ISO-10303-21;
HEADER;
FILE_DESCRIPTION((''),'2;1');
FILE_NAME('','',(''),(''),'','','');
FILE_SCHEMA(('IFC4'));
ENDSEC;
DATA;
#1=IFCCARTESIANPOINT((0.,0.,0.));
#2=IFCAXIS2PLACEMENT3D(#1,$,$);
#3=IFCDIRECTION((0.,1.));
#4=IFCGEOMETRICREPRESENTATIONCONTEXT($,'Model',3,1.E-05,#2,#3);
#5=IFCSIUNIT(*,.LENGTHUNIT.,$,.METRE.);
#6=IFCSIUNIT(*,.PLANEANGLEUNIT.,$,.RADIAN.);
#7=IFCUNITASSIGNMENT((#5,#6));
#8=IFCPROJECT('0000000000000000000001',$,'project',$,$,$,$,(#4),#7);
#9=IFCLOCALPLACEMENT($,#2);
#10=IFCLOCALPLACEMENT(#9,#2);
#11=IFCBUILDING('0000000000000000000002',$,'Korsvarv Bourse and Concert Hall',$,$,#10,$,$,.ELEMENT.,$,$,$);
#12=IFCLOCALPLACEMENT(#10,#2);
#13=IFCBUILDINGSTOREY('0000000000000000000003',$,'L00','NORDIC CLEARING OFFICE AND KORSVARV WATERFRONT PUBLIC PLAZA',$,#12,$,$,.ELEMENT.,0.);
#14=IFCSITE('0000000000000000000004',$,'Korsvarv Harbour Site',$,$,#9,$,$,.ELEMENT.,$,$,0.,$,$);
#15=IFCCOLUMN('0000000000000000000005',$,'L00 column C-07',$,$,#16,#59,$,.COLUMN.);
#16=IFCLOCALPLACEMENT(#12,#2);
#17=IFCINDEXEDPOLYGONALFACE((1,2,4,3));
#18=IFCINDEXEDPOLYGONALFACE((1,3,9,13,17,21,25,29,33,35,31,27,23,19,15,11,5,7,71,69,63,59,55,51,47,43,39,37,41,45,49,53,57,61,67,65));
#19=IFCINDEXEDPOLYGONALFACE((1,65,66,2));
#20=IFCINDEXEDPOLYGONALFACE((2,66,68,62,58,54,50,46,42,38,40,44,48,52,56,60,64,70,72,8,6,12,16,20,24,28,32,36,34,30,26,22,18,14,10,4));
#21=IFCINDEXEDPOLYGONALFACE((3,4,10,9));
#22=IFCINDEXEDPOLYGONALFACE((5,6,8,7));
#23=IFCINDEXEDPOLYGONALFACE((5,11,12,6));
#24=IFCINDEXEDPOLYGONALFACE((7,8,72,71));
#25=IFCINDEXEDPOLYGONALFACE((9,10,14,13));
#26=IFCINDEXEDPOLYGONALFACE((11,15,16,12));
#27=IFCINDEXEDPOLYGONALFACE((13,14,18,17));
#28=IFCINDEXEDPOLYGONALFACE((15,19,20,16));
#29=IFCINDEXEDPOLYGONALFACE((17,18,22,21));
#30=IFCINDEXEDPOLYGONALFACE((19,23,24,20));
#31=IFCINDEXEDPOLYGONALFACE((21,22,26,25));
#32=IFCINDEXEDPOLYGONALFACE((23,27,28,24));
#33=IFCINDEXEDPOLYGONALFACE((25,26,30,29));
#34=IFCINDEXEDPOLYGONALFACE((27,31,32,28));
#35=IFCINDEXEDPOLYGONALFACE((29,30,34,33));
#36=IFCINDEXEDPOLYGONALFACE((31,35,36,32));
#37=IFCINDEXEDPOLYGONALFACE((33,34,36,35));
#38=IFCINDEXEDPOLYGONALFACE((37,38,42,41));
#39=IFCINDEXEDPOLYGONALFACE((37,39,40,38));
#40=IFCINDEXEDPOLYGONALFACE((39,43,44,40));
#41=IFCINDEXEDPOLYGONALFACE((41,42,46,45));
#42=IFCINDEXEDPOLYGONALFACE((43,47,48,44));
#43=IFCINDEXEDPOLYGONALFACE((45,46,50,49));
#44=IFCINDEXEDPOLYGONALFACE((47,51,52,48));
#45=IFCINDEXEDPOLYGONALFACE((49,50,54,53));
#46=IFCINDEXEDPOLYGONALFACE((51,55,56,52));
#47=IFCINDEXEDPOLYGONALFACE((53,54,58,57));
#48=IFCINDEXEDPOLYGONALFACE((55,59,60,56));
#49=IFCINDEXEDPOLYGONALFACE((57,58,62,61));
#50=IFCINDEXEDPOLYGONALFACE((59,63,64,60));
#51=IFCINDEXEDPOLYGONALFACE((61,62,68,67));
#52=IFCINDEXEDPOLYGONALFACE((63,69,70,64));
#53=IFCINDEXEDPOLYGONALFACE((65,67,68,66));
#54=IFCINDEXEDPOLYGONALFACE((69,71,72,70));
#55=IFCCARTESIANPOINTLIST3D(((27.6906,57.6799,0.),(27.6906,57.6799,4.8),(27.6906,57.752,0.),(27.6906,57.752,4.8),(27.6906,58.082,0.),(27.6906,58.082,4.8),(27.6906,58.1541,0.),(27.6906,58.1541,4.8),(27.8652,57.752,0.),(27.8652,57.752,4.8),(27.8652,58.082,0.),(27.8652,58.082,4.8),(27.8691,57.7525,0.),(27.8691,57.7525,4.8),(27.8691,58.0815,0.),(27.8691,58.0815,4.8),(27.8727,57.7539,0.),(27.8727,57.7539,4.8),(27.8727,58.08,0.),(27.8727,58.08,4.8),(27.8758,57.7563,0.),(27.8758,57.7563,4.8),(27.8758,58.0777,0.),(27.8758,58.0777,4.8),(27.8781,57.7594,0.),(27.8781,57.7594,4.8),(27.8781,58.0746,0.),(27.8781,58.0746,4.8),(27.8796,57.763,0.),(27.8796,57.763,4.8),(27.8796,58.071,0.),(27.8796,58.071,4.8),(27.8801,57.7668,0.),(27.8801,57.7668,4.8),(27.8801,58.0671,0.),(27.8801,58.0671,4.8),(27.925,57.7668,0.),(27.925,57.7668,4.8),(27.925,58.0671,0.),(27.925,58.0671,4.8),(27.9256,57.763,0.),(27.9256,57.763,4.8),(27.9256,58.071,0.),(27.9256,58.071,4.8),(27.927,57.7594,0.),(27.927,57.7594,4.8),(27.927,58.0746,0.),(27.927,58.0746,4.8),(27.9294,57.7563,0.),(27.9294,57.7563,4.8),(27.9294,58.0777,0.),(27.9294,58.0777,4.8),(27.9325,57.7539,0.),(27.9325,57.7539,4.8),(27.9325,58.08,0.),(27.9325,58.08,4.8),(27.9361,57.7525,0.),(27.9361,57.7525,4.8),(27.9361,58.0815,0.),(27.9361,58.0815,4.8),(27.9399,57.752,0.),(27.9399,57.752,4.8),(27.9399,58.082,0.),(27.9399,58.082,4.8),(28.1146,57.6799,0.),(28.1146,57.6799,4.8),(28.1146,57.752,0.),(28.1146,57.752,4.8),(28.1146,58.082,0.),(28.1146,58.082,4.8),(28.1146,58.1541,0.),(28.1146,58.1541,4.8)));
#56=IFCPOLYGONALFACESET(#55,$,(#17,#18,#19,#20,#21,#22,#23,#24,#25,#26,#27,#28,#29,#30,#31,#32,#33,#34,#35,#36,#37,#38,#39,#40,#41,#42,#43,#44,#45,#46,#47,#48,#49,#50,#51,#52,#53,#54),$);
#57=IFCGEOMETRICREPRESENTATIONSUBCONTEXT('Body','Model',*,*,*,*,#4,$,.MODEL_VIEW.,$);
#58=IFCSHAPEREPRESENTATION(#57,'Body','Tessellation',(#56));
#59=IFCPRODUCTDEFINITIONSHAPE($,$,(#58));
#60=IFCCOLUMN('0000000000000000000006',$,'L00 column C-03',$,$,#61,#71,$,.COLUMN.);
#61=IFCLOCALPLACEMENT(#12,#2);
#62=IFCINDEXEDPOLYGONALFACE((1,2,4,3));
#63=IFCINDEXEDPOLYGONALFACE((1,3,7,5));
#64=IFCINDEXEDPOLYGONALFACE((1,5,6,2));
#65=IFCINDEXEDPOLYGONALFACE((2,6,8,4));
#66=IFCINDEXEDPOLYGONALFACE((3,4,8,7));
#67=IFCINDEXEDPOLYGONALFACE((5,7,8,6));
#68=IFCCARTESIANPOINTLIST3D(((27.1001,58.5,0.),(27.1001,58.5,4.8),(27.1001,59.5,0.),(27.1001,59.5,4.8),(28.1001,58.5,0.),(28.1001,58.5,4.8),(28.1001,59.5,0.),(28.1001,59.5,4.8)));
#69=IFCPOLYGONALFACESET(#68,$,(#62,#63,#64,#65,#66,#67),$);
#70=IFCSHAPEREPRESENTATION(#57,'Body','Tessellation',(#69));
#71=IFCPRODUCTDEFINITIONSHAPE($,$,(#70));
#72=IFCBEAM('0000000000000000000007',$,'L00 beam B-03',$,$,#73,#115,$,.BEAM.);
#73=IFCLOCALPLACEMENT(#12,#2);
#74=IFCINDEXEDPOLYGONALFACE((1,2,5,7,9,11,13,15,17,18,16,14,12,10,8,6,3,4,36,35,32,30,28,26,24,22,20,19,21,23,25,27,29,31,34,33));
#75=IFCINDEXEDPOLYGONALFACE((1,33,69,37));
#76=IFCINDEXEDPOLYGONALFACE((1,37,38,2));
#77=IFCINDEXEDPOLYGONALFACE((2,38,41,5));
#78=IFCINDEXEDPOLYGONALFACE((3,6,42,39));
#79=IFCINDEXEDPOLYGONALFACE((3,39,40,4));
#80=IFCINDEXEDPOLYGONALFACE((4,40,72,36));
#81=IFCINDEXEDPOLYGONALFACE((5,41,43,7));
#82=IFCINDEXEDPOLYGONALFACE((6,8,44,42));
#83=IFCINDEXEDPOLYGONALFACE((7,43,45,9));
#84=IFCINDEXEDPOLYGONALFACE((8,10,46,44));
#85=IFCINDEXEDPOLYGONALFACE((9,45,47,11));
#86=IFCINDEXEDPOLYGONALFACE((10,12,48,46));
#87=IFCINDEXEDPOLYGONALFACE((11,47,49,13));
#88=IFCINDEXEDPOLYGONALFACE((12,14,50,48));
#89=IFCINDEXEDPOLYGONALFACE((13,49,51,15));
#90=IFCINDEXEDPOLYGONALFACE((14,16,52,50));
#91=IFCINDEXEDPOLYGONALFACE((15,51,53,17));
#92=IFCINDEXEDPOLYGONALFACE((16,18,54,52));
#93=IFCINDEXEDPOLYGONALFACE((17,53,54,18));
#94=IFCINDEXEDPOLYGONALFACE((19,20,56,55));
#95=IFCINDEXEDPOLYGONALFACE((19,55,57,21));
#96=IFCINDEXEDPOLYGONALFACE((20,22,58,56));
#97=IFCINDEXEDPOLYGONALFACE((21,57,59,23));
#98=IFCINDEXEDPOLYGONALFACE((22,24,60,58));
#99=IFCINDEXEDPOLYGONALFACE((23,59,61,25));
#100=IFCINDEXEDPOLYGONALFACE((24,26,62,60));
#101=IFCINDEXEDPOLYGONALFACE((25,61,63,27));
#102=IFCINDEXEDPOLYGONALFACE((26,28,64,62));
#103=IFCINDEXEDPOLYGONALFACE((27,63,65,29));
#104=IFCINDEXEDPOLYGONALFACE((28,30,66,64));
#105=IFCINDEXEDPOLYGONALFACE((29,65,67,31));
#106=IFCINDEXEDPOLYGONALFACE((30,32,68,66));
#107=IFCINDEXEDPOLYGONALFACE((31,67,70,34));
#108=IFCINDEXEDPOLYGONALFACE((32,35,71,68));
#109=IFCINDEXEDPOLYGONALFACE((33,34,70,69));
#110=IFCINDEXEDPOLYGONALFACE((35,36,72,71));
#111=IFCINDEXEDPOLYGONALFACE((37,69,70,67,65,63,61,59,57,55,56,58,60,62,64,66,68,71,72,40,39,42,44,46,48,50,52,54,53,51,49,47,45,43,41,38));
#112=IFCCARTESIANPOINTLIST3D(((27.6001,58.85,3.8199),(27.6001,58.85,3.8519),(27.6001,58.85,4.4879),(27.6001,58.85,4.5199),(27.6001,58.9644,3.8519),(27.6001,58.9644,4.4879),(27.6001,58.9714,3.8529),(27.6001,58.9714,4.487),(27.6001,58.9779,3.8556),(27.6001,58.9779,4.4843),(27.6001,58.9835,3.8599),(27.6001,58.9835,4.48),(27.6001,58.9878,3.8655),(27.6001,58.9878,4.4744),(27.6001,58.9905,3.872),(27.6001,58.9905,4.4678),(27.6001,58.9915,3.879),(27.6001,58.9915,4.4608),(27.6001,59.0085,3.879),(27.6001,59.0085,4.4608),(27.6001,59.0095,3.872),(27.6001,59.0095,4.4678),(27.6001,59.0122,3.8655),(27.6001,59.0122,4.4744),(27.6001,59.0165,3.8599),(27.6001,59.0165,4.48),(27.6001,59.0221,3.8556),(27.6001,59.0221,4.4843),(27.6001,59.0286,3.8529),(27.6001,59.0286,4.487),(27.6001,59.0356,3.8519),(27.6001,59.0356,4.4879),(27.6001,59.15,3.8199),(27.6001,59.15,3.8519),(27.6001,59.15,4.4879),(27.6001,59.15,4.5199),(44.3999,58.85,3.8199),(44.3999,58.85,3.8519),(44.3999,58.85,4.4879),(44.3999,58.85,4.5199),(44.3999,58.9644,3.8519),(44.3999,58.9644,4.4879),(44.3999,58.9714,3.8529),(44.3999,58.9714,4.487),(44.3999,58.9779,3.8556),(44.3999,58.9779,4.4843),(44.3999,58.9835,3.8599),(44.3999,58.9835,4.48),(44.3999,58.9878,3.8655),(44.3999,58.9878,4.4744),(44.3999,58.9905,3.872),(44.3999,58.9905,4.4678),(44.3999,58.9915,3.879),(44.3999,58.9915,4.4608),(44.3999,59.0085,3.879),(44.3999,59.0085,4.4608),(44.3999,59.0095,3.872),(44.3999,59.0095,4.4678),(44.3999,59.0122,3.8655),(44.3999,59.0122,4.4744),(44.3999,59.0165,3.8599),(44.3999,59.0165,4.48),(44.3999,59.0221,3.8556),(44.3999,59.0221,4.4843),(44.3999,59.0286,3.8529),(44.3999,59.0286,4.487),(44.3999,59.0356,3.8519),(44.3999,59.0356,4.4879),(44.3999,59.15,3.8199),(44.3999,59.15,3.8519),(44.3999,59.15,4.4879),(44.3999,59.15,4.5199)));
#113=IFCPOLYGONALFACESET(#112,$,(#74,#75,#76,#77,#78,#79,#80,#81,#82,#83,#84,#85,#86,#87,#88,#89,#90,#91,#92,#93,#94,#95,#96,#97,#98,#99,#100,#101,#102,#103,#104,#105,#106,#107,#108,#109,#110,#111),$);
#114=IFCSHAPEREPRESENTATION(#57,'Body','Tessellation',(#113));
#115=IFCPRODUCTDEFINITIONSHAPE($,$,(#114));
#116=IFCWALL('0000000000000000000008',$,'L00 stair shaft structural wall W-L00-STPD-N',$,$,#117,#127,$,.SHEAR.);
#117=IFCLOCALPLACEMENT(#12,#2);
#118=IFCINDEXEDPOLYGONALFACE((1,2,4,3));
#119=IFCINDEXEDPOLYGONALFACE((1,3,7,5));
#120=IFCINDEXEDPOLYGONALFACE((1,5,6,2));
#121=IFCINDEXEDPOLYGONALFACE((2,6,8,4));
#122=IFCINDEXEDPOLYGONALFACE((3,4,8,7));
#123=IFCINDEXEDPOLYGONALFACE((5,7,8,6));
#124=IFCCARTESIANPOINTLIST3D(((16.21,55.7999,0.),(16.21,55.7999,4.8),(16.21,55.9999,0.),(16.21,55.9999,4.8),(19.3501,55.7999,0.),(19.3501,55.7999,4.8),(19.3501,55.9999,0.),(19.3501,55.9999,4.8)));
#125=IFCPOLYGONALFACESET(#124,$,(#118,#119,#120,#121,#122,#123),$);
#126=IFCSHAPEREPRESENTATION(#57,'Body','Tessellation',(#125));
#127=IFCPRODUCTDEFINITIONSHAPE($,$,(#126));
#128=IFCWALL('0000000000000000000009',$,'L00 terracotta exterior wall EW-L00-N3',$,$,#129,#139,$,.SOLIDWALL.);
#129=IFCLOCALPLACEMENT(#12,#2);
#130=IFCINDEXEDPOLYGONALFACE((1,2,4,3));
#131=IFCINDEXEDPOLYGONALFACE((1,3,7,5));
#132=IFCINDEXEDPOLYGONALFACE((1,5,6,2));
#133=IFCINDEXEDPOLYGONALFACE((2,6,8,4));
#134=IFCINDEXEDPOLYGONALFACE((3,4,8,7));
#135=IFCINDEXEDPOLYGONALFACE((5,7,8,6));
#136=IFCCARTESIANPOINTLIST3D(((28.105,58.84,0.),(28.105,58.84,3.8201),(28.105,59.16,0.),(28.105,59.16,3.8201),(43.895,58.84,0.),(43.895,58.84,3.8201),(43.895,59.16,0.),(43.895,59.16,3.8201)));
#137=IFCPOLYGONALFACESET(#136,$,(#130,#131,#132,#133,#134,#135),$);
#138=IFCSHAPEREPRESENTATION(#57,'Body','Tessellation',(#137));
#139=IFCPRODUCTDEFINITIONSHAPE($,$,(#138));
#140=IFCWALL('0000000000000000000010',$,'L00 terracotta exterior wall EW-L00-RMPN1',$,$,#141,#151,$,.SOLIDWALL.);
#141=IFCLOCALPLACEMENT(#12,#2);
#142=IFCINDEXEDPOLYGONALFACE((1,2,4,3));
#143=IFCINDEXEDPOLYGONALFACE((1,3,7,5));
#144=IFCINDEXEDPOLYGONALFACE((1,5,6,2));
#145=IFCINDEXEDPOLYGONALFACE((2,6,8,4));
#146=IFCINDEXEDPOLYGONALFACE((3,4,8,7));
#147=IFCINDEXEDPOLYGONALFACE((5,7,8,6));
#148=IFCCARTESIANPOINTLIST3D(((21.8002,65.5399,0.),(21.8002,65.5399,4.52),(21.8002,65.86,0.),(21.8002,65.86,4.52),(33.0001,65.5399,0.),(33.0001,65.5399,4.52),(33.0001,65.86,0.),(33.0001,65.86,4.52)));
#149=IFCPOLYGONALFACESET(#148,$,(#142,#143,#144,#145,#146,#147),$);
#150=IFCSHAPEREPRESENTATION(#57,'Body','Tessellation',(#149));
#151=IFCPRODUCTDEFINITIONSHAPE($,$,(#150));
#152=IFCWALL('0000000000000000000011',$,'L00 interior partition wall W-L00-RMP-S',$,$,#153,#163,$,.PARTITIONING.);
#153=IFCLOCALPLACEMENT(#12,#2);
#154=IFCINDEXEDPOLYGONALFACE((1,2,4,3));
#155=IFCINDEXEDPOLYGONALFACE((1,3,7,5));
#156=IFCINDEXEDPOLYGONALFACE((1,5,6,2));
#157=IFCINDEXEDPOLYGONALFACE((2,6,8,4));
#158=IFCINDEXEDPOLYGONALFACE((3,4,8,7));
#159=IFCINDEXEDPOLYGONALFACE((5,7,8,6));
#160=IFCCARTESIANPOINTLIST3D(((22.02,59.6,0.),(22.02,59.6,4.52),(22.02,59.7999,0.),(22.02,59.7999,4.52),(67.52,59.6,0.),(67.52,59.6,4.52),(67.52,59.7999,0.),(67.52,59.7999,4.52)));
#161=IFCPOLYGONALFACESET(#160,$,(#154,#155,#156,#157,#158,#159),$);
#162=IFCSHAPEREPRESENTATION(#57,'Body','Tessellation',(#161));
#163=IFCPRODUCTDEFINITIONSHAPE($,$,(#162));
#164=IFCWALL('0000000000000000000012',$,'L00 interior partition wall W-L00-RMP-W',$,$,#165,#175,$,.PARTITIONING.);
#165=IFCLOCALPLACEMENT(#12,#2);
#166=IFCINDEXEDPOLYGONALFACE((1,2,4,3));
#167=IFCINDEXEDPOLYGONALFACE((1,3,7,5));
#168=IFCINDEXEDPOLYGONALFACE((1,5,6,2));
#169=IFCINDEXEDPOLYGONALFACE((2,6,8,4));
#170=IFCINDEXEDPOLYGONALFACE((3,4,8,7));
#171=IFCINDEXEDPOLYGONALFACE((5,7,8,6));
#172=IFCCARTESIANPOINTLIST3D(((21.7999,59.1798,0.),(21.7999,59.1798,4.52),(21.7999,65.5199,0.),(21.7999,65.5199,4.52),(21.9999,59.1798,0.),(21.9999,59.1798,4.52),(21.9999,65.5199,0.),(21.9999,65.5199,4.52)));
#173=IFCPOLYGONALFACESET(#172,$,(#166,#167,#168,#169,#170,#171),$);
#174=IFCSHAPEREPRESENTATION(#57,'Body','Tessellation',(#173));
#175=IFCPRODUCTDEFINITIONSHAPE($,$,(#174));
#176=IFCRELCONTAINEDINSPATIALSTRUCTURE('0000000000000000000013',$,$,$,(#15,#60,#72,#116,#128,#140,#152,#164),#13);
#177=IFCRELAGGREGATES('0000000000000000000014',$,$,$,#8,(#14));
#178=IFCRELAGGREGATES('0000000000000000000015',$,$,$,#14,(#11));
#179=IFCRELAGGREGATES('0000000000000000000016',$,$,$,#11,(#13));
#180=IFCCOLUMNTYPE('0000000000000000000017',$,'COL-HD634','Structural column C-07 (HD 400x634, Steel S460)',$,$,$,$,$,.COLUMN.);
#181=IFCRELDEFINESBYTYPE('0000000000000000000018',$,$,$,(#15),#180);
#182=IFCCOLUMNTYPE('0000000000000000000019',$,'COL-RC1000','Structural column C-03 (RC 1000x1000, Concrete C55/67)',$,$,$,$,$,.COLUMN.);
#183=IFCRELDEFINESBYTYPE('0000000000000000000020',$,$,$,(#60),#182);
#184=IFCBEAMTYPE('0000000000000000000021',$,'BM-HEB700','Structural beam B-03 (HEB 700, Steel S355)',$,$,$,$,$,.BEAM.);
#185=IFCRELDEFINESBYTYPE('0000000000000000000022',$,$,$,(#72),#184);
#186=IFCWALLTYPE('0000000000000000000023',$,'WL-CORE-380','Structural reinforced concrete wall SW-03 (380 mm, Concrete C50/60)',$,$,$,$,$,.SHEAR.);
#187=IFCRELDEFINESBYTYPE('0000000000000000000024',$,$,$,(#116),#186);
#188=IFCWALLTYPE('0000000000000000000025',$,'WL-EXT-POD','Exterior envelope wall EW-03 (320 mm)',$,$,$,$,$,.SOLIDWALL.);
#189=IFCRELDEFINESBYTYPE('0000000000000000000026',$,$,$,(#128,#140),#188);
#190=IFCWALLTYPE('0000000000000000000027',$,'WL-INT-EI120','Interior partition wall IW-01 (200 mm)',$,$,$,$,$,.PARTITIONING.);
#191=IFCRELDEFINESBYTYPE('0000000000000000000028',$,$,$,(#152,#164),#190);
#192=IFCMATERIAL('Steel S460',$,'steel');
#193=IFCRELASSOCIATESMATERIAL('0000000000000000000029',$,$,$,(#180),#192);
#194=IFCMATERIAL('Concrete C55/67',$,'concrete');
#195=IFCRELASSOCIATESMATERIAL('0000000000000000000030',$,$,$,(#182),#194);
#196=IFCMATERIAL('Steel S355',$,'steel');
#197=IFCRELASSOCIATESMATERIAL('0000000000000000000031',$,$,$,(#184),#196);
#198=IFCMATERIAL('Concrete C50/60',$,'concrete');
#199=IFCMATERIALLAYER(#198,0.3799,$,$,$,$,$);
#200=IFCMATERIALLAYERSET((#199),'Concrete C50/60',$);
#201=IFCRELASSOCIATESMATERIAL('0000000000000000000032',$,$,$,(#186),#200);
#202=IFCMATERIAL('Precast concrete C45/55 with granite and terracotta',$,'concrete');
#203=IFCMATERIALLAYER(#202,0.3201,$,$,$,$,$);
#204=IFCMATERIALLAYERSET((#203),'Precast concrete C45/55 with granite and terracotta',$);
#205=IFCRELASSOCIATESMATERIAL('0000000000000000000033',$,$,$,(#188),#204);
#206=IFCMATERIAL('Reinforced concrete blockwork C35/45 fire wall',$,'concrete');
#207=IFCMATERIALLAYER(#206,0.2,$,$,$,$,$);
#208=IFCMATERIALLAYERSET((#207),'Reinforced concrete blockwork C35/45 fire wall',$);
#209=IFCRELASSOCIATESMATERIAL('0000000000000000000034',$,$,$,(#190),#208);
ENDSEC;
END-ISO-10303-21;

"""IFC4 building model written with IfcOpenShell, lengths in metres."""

from ifc_helpers import new_model, si_unit, direction, frame, frame_2d, origin, origin_2d, place, context, subcontext, project, spatial, rectangle, i_section, extrude, source, transform, mapped, material, layer, layer_set, material_profile, profile_set, type_object, element, save


model = new_model("IFC4")

# Units and contexts
model_context = context("Model", 3, precision=1e-05, world=origin(), true_north=direction((0.0, 1.0)))
body_context = subcontext(model_context, "Body", "Model", "MODEL_VIEW")
ifc_project = project(units=[si_unit("LENGTHUNIT", "METRE"), si_unit("PLANEANGLEUNIT", "RADIAN")], contexts=[model_context])

# Site, building, storey
site_placement = place(None, origin())
site = spatial("IfcSite", under=ifc_project, at=site_placement, Name="Korsvarv Harbour Site", CompositionType="ELEMENT", RefElevation=0.0)
building_placement = place(site_placement, origin())
building = spatial("IfcBuilding", under=site, at=building_placement, Name="Korsvarv Bourse and Concert Hall", CompositionType="ELEMENT")
storey_placement = place(building_placement, origin())
storey = spatial("IfcBuildingStorey", under=building, at=storey_placement, Name="L00", Description="NORDIC CLEARING OFFICE AND KORSVARV WATERFRONT PUBLIC PLAZA", CompositionType="ELEMENT", Elevation=0.0)

# Columns
ifc_material_1 = material(Name="Steel S460", Category="steel")
ifc_material_profile_1 = material_profile(ifc_material_1, i_section(OverallWidth=0.4241, OverallDepth=0.4741, WebThickness=0.0449, FlangeThickness=0.072, FilletRadius=0.0149, at=origin_2d()), Name="HD 400x634")
ifc_profile_set_1 = profile_set([ifc_material_profile_1], Name="Steel S460")
column_type_1 = type_object("IfcColumnType", Name="COL-HD634", Description="Structural column C-07 (HD 400x634, Steel S460)", PredefinedType="COLUMN", material=ifc_profile_set_1)
shared_shape_1 = source(origin(), body_context, "Body", "SweptSolid", [
    extrude(i_section(OverallWidth=0.4241, OverallDepth=0.4741, WebThickness=0.0449, FlangeThickness=0.072, FilletRadius=0.0149, at=origin_2d()), origin(), (0.0, 0.0, 1.0), 4.8),
])
column_1_placement = place(storey_placement, frame((27.9026, 57.917, 0.0), z_axis=(0.0, 0.0, 1.0), x_axis=(1.0, 0.0, 0.0)))
element("IfcColumn", 1, at=column_1_placement, inside=storey, type_object=column_type_1, Name="L00 column C-07", PredefinedType="COLUMN", context=body_context, shape_type="MappedRepresentation", body=[
    mapped(shared_shape_1, transform((0.0, 0.0, 0.0), scale=1.0)),
])
ifc_material_2 = material(Name="Concrete C55/67", Category="concrete")
ifc_material_profile_2 = material_profile(ifc_material_2, rectangle(XDim=1.0, YDim=1.0, at=origin_2d()), Name="RC 1000x1000")
ifc_profile_set_2 = profile_set([ifc_material_profile_2], Name="Concrete C55/67")
column_type_2 = type_object("IfcColumnType", Name="COL-RC1000", Description="Structural column C-03 (RC 1000x1000, Concrete C55/67)", PredefinedType="COLUMN", material=ifc_profile_set_2)
shared_shape_2 = source(origin(), body_context, "Body", "SweptSolid", [
    extrude(rectangle(XDim=1.0, YDim=1.0, at=origin_2d()), origin(), (0.0, 0.0, 1.0), 4.8),
])
column_2_placement = place(storey_placement, frame((27.6001, 59.0, 0.0), z_axis=(0.0, 0.0, 1.0), x_axis=(1.0, 0.0, 0.0)))
element("IfcColumn", 2, at=column_2_placement, inside=storey, type_object=column_type_2, Name="L00 column C-03", PredefinedType="COLUMN", context=body_context, shape_type="MappedRepresentation", body=[
    mapped(shared_shape_2, transform((0.0, 0.0, 0.0), scale=1.0)),
])

# Beam
ifc_material_3 = material(Name="Steel S355", Category="steel")
ifc_material_profile_3 = material_profile(ifc_material_3, i_section(OverallWidth=0.3, OverallDepth=0.7, WebThickness=0.0171, FlangeThickness=0.032, FilletRadius=0.0271, at=origin_2d()), Name="HEB 700")
ifc_profile_set_3 = profile_set([ifc_material_profile_3], Name="Steel S355")
beam_type = type_object("IfcBeamType", Name="BM-HEB700", Description="Structural beam B-03 (HEB 700, Steel S355)", PredefinedType="BEAM", material=ifc_profile_set_3)
shared_shape_3 = source(origin(), body_context, "Body", "SweptSolid", [
    extrude(i_section(OverallWidth=0.3, OverallDepth=0.7, WebThickness=0.0171, FlangeThickness=0.032, FilletRadius=0.0271, at=origin_2d()), origin(), (0.0, 0.0, 1.0), 16.7998),
])
beam_placement = place(storey_placement, frame((27.6001, 59.0, 4.1699), z_axis=(1.0, 0.0, 0.0), x_axis=(0.0, 1.0, 0.0)))
element("IfcBeam", 3, at=beam_placement, inside=storey, type_object=beam_type, Name="L00 beam B-03", PredefinedType="BEAM", context=body_context, shape_type="MappedRepresentation", body=[
    mapped(shared_shape_3, transform((0.0, 0.0, 0.0), scale=1.0)),
])

# Walls
ifc_material_4 = material(Name="Concrete C50/60", Category="concrete")
ifc_layer_1 = layer(ifc_material_4, 0.3799)
ifc_layer_set_1 = layer_set([ifc_layer_1], Name="Concrete C50/60")
wall_type_1 = type_object("IfcWallType", Name="WL-CORE-380", Description="Structural reinforced concrete wall SW-03 (380 mm, Concrete C50/60)", PredefinedType="SHEAR", material=ifc_layer_set_1)
wall_1_placement = place(storey_placement, frame((16.21, 55.8999, 0.0), z_axis=(0.0, 0.0, 1.0), x_axis=(1.0, 0.0, 0.0)))
element("IfcWall", 4, at=wall_1_placement, inside=storey, type_object=wall_type_1, Name="L00 stair shaft structural wall W-L00-STPD-N", PredefinedType="SHEAR", context=body_context, shape_type="SweptSolid", body=[
    extrude(rectangle(XDim=3.1401, YDim=0.2, at=frame_2d((1.5701, 0.0))), origin(), (0.0, 0.0, 1.0), 4.8),
])
ifc_material_5 = material(Name="Precast concrete C45/55 with granite and terracotta", Category="concrete")
ifc_layer_2 = layer(ifc_material_5, 0.3201)
ifc_layer_set_2 = layer_set([ifc_layer_2], Name="Precast concrete C45/55 with granite and terracotta")
wall_type_2 = type_object("IfcWallType", Name="WL-EXT-POD", Description="Exterior envelope wall EW-03 (320 mm)", PredefinedType="SOLIDWALL", material=ifc_layer_set_2)
wall_2_placement = place(storey_placement, frame((28.105, 59.0, 0.0), z_axis=(0.0, 0.0, 1.0), x_axis=(1.0, 0.0, 0.0)))
element("IfcWall", 5, at=wall_2_placement, inside=storey, type_object=wall_type_2, Name="L00 terracotta exterior wall EW-L00-N3", PredefinedType="SOLIDWALL", context=body_context, shape_type="SweptSolid", body=[
    extrude(rectangle(XDim=15.79, YDim=0.3201, at=frame_2d((7.895, 0.0))), origin(), (0.0, 0.0, 1.0), 3.8201),
])
wall_3_placement = place(storey_placement, frame((21.8, 65.7, 0.0), z_axis=(0.0, 0.0, 1.0), x_axis=(1.0, 0.0, 0.0)))
element("IfcWall", 6, at=wall_3_placement, inside=storey, type_object=wall_type_2, Name="L00 terracotta exterior wall EW-L00-RMPN1", PredefinedType="SOLIDWALL", context=body_context, shape_type="SweptSolid", body=[
    extrude(rectangle(XDim=11.2, YDim=0.3201, at=frame_2d((5.6001, 0.0))), origin(), (0.0, 0.0, 1.0), 4.52),
])
ifc_material_6 = material(Name="Reinforced concrete blockwork C35/45 fire wall", Category="concrete")
ifc_layer_3 = layer(ifc_material_6, 0.2)
ifc_layer_set_3 = layer_set([ifc_layer_3], Name="Reinforced concrete blockwork C35/45 fire wall")
wall_type_3 = type_object("IfcWallType", Name="WL-INT-EI120", Description="Interior partition wall IW-01 (200 mm)", PredefinedType="PARTITIONING", material=ifc_layer_set_3)
wall_4_placement = place(storey_placement, frame((22.02, 59.7, 0.0), z_axis=(0.0, 0.0, 1.0), x_axis=(1.0, 0.0, 0.0)))
element("IfcWall", 7, at=wall_4_placement, inside=storey, type_object=wall_type_3, Name="L00 interior partition wall W-L00-RMP-S", PredefinedType="PARTITIONING", context=body_context, shape_type="SweptSolid", body=[
    extrude(rectangle(XDim=45.5, YDim=0.2, at=frame_2d((22.75, 0.0))), origin(), (0.0, 0.0, 1.0), 4.52),
])
wall_5_placement = place(storey_placement, frame((21.8999, 59.1799, 0.0), z_axis=(0.0, 0.0, 1.0), x_axis=(0.0, 1.0, 0.0)))
element("IfcWall", 8, at=wall_5_placement, inside=storey, type_object=wall_type_3, Name="L00 interior partition wall W-L00-RMP-W", PredefinedType="PARTITIONING", context=body_context, shape_type="SweptSolid", body=[
    extrude(rectangle(XDim=6.3401, YDim=0.2, at=frame_2d((3.1699, 0.0))), origin(), (0.0, 0.0, 1.0), 4.52),
])

save(model, "model.ifc")
